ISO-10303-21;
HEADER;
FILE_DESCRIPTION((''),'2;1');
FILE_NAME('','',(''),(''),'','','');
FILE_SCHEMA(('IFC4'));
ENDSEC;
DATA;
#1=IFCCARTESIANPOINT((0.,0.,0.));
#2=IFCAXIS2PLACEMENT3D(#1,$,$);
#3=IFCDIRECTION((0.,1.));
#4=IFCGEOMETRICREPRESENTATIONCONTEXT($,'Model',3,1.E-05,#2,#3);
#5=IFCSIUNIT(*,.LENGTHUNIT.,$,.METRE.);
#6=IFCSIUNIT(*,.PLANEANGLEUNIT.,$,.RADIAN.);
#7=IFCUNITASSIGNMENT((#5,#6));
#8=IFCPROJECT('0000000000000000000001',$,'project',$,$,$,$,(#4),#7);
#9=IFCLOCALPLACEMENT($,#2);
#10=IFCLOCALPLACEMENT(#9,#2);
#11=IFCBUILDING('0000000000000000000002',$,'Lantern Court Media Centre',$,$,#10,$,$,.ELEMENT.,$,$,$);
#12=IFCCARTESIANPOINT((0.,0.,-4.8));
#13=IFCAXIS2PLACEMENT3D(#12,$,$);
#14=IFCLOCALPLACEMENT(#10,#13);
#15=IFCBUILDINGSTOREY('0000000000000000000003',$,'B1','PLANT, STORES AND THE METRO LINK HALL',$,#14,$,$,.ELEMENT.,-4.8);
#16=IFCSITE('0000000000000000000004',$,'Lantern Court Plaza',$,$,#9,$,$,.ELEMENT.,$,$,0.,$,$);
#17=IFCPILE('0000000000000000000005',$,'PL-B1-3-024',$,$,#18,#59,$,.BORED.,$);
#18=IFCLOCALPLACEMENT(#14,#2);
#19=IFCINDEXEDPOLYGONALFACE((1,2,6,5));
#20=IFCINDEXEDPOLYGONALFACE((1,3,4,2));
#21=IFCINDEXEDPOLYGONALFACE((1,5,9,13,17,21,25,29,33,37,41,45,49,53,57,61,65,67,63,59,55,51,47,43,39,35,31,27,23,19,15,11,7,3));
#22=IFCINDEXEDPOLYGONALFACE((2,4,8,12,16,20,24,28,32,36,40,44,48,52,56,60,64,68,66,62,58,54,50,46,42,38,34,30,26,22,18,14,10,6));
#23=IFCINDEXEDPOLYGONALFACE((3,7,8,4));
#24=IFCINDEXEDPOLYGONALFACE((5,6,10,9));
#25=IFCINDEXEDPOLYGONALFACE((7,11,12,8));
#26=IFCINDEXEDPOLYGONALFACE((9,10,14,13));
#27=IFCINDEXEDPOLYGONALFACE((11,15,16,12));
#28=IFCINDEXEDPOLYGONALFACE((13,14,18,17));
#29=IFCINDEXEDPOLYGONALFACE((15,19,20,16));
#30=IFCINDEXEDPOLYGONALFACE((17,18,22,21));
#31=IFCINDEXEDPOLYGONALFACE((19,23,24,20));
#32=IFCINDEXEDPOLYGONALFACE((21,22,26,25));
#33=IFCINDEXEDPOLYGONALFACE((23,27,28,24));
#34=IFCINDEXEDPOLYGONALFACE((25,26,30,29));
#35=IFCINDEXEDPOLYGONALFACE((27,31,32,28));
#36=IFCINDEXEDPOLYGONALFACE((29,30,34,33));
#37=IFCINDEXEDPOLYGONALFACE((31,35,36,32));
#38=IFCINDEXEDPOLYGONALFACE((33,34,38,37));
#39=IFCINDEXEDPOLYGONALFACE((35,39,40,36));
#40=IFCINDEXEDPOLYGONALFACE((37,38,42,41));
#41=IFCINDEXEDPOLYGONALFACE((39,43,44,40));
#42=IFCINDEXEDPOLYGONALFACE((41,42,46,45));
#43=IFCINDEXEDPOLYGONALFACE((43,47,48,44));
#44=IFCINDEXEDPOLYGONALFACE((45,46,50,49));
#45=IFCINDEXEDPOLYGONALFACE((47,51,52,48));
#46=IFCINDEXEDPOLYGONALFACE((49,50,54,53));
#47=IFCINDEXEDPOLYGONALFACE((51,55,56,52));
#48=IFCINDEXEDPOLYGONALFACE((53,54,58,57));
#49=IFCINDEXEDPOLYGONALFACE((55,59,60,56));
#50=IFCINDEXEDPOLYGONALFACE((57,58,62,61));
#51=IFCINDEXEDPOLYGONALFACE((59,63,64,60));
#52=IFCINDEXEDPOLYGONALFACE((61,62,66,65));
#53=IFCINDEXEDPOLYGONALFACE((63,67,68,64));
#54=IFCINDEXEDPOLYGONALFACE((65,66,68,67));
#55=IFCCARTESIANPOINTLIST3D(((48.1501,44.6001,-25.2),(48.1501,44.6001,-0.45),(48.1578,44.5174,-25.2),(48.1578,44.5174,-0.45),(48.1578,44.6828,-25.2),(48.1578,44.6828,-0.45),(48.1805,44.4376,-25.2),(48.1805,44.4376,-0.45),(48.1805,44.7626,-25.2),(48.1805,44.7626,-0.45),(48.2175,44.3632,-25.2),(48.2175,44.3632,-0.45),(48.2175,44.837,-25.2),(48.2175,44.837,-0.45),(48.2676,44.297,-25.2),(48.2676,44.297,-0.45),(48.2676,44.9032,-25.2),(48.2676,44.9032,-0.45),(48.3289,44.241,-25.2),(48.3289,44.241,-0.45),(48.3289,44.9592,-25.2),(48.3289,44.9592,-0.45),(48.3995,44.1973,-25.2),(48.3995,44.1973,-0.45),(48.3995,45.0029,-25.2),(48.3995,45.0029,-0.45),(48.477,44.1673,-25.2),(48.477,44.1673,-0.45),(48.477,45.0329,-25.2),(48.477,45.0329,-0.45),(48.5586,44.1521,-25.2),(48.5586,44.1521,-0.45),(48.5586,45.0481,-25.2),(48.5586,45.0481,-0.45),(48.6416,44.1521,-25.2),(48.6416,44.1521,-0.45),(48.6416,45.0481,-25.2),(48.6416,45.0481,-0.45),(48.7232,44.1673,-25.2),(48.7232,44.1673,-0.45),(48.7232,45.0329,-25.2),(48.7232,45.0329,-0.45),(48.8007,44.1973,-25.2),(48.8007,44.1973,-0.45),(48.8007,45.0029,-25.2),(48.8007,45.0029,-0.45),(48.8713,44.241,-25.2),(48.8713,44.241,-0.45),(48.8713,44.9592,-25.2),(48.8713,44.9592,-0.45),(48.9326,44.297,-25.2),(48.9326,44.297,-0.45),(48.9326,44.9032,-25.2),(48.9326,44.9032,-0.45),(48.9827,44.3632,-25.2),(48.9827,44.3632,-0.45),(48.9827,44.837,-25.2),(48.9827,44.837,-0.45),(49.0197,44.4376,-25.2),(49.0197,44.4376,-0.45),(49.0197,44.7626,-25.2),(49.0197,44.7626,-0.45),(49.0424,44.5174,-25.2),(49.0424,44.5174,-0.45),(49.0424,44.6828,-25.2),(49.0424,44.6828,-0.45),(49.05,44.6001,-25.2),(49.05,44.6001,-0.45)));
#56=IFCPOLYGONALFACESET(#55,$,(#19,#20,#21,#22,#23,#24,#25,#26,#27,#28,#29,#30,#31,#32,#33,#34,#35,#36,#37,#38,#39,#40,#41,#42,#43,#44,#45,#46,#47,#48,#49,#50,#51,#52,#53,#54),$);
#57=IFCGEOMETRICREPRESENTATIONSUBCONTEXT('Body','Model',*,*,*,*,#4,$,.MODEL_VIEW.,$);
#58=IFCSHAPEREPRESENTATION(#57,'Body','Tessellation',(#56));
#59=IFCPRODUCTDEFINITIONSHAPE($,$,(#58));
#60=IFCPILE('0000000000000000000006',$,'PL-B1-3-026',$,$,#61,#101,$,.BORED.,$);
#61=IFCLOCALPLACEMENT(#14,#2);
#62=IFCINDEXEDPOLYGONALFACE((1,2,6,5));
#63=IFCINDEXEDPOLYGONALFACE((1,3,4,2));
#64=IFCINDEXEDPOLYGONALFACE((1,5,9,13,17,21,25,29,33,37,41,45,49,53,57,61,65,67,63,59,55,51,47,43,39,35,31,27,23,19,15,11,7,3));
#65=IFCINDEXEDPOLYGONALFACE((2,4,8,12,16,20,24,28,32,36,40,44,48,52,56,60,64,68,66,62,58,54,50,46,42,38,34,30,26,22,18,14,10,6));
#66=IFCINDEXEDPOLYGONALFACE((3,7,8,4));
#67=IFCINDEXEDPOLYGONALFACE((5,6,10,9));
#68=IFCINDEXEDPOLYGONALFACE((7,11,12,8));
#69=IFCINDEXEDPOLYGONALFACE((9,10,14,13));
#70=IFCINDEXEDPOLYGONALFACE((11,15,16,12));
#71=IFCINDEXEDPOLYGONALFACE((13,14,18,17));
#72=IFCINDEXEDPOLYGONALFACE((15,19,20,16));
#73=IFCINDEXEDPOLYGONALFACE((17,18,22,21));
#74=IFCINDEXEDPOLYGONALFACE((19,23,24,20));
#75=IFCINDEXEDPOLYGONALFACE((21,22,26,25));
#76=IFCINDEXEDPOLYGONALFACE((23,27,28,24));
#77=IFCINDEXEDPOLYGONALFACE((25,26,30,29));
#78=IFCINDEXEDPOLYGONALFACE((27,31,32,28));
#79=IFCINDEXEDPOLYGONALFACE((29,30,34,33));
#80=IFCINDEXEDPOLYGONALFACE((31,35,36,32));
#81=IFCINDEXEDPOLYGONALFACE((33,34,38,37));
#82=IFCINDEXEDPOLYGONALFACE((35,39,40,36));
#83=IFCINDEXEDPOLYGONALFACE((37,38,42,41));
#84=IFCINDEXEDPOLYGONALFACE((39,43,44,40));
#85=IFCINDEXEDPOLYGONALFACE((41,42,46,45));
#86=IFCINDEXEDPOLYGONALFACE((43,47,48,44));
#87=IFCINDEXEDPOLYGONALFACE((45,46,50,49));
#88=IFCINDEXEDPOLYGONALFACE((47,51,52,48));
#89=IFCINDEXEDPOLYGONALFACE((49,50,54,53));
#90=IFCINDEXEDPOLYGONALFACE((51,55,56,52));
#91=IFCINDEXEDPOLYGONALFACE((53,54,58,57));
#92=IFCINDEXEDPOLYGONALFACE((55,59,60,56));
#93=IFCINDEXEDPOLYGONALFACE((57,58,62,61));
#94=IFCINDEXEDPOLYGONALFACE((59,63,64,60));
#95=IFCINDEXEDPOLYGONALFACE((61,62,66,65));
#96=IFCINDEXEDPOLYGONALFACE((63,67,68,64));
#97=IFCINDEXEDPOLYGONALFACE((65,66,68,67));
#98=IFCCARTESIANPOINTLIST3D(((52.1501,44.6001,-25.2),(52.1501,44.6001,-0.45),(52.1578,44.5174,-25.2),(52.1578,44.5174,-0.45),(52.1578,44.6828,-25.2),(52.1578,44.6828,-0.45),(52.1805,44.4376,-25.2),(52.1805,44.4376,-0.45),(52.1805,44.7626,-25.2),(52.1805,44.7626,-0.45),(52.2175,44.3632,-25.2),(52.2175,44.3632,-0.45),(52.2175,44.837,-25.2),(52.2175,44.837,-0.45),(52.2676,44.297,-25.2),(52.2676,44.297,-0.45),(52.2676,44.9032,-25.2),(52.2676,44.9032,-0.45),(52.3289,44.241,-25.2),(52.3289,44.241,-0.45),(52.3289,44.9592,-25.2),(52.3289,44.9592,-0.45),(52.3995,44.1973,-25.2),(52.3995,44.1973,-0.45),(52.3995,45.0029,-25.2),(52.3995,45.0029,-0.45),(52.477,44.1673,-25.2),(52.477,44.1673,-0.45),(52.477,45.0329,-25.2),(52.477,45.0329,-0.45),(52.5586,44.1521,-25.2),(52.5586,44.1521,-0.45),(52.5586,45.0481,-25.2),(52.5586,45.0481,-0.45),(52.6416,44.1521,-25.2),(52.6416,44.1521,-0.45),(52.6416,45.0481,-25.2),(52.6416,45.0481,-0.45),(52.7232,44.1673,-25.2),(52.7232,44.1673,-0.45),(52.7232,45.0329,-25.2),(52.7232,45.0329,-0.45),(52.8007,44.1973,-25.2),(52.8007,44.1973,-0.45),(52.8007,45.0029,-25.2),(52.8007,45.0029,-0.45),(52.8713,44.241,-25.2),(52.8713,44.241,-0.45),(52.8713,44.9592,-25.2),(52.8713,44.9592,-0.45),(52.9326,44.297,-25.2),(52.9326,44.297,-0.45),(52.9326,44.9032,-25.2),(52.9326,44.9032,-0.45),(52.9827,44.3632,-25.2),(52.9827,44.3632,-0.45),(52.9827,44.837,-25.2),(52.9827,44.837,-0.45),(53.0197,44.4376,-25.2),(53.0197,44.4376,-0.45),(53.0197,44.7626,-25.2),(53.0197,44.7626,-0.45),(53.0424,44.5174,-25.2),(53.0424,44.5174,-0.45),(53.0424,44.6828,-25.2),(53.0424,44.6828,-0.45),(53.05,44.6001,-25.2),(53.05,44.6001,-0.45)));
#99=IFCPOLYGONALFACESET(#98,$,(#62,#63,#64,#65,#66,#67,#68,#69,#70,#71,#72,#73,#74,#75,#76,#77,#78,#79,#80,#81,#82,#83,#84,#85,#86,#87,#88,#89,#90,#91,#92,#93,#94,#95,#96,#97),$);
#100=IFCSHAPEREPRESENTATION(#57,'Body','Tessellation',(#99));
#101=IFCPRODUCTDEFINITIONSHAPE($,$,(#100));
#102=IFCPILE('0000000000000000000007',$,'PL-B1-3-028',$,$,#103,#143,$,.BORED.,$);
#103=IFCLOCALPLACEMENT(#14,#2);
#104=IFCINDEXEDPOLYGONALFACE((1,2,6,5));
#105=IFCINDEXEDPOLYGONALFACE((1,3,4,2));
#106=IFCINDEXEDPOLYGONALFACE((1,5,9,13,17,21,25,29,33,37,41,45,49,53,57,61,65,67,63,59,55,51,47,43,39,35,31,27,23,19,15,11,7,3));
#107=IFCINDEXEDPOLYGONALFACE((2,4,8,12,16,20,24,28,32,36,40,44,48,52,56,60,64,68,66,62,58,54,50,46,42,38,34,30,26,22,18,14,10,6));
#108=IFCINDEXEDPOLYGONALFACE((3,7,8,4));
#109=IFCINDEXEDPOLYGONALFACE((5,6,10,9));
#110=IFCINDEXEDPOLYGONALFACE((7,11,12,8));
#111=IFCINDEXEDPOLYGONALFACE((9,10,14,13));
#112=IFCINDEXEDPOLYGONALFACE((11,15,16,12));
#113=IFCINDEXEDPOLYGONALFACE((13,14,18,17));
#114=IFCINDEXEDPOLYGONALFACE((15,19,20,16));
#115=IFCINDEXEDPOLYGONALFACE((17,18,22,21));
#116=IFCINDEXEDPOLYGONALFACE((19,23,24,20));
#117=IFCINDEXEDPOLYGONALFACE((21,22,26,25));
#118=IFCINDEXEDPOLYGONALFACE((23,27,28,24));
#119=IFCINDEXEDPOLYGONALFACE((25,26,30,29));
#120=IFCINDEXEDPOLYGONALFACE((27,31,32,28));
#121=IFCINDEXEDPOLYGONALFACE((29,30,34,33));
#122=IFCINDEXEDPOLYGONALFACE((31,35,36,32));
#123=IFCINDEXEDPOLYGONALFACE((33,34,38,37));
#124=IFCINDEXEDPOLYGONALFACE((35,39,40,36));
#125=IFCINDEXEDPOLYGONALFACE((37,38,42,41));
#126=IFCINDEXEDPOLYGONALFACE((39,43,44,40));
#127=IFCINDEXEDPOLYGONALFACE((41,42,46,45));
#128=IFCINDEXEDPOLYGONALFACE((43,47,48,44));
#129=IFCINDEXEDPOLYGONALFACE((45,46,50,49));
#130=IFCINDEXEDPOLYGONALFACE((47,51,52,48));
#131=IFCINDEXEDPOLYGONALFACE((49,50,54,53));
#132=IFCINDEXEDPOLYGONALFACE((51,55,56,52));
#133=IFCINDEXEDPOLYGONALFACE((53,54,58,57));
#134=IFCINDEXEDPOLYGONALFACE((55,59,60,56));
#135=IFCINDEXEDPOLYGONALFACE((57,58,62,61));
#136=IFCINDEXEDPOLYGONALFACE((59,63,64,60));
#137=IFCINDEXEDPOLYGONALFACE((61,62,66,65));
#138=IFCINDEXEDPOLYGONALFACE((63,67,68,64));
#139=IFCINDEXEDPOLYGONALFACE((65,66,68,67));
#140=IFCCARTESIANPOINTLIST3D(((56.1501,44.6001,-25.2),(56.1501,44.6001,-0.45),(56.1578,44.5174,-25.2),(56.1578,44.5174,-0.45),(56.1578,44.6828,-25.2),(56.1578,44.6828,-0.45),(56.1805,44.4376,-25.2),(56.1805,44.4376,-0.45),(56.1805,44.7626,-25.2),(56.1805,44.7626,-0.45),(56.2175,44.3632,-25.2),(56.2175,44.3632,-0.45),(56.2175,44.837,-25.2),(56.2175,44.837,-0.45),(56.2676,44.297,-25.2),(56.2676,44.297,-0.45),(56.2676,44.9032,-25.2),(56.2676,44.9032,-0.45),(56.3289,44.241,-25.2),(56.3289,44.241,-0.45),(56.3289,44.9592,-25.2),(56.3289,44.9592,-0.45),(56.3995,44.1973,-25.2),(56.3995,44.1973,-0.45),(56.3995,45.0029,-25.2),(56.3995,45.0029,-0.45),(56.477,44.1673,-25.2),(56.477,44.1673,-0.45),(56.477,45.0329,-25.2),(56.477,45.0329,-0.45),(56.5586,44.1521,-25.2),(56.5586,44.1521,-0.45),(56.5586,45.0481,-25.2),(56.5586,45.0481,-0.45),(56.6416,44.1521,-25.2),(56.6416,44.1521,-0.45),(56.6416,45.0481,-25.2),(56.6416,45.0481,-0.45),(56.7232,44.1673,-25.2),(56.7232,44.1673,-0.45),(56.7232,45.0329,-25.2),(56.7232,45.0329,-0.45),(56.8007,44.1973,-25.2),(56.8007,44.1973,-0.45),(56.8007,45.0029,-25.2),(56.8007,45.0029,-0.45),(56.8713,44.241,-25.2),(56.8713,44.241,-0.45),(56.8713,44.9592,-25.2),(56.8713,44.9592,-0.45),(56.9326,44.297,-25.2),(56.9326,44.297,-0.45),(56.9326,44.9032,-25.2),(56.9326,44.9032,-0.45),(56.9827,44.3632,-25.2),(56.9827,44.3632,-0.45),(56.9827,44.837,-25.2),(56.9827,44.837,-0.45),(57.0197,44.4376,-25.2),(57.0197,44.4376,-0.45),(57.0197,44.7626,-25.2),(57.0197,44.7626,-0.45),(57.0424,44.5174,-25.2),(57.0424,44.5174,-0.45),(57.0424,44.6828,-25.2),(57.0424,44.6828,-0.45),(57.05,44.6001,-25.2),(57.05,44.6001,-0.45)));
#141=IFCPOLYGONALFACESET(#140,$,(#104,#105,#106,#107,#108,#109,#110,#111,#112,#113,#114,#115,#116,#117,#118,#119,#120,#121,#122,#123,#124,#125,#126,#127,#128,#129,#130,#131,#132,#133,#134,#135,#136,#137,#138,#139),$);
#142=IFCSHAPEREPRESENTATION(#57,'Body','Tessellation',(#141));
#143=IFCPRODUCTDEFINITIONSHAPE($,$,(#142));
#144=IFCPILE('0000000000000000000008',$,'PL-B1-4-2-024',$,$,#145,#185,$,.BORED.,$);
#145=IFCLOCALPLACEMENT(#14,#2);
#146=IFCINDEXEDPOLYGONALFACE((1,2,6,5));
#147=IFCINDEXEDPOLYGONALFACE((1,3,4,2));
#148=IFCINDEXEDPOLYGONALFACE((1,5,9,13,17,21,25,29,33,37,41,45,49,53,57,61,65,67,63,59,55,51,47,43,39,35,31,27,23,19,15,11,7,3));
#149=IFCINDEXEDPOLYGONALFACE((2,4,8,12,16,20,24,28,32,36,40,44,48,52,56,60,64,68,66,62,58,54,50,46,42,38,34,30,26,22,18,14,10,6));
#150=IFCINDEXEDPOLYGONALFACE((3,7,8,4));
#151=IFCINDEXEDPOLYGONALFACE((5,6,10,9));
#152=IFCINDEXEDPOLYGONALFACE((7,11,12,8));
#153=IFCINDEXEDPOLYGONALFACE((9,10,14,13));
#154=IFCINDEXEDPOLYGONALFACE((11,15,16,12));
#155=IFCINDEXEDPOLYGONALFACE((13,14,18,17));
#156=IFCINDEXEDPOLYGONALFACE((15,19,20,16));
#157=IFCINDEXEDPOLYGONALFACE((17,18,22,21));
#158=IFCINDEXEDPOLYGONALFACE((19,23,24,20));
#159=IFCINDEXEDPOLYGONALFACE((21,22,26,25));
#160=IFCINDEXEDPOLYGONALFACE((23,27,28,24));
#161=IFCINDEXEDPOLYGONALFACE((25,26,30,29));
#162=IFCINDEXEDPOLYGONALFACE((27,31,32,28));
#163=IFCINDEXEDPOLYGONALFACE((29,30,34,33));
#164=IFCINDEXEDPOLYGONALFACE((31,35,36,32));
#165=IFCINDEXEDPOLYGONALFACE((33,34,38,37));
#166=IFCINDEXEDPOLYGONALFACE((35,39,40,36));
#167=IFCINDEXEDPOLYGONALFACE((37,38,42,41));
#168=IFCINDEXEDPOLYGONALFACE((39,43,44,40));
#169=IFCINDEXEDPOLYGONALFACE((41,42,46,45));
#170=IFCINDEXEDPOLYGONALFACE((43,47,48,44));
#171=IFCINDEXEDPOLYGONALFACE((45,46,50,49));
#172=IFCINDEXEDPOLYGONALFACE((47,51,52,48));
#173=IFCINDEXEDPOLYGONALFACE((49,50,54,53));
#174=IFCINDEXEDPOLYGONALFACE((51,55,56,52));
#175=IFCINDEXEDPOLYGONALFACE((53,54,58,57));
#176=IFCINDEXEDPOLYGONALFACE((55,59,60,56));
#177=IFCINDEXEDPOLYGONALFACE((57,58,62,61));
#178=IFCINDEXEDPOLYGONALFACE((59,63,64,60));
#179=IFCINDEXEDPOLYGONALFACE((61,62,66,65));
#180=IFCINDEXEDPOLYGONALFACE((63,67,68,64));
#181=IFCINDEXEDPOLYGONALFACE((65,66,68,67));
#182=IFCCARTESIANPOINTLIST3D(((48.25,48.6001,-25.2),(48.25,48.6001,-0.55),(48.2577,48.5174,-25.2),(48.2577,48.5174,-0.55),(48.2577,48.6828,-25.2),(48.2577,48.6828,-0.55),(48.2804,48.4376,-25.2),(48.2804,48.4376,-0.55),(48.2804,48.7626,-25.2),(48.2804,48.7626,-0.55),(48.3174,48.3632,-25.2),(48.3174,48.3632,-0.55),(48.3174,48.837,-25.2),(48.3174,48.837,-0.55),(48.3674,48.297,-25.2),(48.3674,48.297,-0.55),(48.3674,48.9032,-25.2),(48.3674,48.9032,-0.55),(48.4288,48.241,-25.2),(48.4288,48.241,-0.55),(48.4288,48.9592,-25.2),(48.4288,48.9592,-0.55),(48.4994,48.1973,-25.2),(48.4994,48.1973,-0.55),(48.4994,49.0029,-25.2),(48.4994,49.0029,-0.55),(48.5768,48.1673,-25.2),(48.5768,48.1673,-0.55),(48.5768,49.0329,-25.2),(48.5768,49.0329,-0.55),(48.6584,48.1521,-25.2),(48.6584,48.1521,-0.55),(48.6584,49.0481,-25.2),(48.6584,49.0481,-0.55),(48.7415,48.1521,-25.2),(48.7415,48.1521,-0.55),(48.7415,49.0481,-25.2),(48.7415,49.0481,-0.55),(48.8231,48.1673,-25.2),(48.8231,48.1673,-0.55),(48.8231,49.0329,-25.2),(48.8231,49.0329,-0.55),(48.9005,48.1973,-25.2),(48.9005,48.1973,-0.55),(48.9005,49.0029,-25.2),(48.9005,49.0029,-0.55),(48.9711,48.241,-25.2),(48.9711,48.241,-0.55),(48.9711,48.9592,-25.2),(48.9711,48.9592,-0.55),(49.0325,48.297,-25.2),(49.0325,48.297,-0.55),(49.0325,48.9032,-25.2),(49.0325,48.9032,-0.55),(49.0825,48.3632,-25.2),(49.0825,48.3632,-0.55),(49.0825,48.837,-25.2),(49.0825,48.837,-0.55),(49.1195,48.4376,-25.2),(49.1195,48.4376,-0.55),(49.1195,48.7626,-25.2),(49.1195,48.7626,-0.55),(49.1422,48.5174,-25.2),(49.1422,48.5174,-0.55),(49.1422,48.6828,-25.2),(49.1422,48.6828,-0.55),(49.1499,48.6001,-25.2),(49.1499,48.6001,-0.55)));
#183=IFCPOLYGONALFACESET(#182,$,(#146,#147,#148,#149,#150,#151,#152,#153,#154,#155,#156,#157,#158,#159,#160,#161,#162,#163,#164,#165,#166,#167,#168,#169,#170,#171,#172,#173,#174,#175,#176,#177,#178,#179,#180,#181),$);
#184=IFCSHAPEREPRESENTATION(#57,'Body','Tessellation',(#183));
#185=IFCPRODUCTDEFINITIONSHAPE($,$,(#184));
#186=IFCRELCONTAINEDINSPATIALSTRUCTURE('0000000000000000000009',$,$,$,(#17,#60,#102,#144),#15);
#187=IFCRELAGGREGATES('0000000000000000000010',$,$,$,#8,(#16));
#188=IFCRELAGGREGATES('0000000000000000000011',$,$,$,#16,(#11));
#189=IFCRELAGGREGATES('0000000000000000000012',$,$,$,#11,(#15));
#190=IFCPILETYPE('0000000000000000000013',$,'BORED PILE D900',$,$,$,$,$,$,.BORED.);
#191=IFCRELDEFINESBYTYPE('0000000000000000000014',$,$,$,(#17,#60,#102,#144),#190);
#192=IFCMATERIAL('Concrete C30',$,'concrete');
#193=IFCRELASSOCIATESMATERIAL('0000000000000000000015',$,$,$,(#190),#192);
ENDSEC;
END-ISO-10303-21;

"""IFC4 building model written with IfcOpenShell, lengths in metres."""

from ifc_helpers import new_model, si_unit, direction, frame, origin, origin_2d, place, context, subcontext, project, spatial, circle, extrude, material, material_profile, profile_set, type_object, element, save


model = new_model("IFC4")

# Units and contexts
model_context = context("Model", 3, precision=1e-05, world=origin(), true_north=direction((0.0, 1.0)))
body_context = subcontext(model_context, "Body", "Model", "MODEL_VIEW")
ifc_project = project(units=[si_unit("LENGTHUNIT", "METRE"), si_unit("PLANEANGLEUNIT", "RADIAN")], contexts=[model_context])

# Site, building, storey
site_placement = place(None, origin())
site = spatial("IfcSite", under=ifc_project, at=site_placement, Name="Lantern Court Plaza", CompositionType="ELEMENT", RefElevation=0.0)
building_placement = place(site_placement, origin())
building = spatial("IfcBuilding", under=site, at=building_placement, Name="Lantern Court Media Centre", CompositionType="ELEMENT")
storey_placement = place(building_placement, frame((0.0, 0.0, -4.8)))
storey = spatial("IfcBuildingStorey", under=building, at=storey_placement, Name="B1", Description="PLANT, STORES AND THE METRO LINK HALL", CompositionType="ELEMENT", Elevation=-4.8)

# Piles
ifc_material_1 = material(Name="Concrete C30", Category="concrete")
ifc_material_profile_1 = material_profile(ifc_material_1, circle(Radius=0.45, at=origin_2d()), Name="D900")
ifc_profile_set_1 = profile_set([ifc_material_profile_1], Name="Concrete C30")
pile_type = type_object("IfcPileType", Name="BORED PILE D900", PredefinedType="BORED", material=ifc_profile_set_1)
for number, where, z_axis, x_axis, name in (
    (1, (48.6001, 44.6001, -0.45), (0.0, 0.0, -1.0), (1.0, 0.0, 0.0), "PL-B1-3-024"),
    (2, (52.6001, 44.6001, -0.45), (0.0, 0.0, -1.0), (1.0, 0.0, 0.0), "PL-B1-3-026"),
    (3, (56.6001, 44.6001, -0.45), (0.0, 0.0, -1.0), (1.0, 0.0, 0.0), "PL-B1-3-028"),
):
    element("IfcPile", number, at=place(storey_placement, frame(where, z_axis=z_axis, x_axis=x_axis)), inside=storey, type_object=pile_type, Name=name, PredefinedType="BORED", context=body_context, shape_type="SweptSolid", body=[
        extrude(circle(Radius=0.45, at=origin_2d()), origin(), (0.0, 0.0, 1.0), 24.75),
    ])
for number, where, z_axis, x_axis, name in (
    (4, (48.7, 48.6001, -0.55), (0.0, 0.0, -1.0), (1.0, 0.0, 0.0), "PL-B1-4-2-024"),
):
    element("IfcPile", number, at=place(storey_placement, frame(where, z_axis=z_axis, x_axis=x_axis)), inside=storey, type_object=pile_type, Name=name, PredefinedType="BORED", context=body_context, shape_type="SweptSolid", body=[
        extrude(circle(Radius=0.45, at=origin_2d()), origin(), (0.0, 0.0, 1.0), 24.6499),
    ])

save(model, "model.ifc")
